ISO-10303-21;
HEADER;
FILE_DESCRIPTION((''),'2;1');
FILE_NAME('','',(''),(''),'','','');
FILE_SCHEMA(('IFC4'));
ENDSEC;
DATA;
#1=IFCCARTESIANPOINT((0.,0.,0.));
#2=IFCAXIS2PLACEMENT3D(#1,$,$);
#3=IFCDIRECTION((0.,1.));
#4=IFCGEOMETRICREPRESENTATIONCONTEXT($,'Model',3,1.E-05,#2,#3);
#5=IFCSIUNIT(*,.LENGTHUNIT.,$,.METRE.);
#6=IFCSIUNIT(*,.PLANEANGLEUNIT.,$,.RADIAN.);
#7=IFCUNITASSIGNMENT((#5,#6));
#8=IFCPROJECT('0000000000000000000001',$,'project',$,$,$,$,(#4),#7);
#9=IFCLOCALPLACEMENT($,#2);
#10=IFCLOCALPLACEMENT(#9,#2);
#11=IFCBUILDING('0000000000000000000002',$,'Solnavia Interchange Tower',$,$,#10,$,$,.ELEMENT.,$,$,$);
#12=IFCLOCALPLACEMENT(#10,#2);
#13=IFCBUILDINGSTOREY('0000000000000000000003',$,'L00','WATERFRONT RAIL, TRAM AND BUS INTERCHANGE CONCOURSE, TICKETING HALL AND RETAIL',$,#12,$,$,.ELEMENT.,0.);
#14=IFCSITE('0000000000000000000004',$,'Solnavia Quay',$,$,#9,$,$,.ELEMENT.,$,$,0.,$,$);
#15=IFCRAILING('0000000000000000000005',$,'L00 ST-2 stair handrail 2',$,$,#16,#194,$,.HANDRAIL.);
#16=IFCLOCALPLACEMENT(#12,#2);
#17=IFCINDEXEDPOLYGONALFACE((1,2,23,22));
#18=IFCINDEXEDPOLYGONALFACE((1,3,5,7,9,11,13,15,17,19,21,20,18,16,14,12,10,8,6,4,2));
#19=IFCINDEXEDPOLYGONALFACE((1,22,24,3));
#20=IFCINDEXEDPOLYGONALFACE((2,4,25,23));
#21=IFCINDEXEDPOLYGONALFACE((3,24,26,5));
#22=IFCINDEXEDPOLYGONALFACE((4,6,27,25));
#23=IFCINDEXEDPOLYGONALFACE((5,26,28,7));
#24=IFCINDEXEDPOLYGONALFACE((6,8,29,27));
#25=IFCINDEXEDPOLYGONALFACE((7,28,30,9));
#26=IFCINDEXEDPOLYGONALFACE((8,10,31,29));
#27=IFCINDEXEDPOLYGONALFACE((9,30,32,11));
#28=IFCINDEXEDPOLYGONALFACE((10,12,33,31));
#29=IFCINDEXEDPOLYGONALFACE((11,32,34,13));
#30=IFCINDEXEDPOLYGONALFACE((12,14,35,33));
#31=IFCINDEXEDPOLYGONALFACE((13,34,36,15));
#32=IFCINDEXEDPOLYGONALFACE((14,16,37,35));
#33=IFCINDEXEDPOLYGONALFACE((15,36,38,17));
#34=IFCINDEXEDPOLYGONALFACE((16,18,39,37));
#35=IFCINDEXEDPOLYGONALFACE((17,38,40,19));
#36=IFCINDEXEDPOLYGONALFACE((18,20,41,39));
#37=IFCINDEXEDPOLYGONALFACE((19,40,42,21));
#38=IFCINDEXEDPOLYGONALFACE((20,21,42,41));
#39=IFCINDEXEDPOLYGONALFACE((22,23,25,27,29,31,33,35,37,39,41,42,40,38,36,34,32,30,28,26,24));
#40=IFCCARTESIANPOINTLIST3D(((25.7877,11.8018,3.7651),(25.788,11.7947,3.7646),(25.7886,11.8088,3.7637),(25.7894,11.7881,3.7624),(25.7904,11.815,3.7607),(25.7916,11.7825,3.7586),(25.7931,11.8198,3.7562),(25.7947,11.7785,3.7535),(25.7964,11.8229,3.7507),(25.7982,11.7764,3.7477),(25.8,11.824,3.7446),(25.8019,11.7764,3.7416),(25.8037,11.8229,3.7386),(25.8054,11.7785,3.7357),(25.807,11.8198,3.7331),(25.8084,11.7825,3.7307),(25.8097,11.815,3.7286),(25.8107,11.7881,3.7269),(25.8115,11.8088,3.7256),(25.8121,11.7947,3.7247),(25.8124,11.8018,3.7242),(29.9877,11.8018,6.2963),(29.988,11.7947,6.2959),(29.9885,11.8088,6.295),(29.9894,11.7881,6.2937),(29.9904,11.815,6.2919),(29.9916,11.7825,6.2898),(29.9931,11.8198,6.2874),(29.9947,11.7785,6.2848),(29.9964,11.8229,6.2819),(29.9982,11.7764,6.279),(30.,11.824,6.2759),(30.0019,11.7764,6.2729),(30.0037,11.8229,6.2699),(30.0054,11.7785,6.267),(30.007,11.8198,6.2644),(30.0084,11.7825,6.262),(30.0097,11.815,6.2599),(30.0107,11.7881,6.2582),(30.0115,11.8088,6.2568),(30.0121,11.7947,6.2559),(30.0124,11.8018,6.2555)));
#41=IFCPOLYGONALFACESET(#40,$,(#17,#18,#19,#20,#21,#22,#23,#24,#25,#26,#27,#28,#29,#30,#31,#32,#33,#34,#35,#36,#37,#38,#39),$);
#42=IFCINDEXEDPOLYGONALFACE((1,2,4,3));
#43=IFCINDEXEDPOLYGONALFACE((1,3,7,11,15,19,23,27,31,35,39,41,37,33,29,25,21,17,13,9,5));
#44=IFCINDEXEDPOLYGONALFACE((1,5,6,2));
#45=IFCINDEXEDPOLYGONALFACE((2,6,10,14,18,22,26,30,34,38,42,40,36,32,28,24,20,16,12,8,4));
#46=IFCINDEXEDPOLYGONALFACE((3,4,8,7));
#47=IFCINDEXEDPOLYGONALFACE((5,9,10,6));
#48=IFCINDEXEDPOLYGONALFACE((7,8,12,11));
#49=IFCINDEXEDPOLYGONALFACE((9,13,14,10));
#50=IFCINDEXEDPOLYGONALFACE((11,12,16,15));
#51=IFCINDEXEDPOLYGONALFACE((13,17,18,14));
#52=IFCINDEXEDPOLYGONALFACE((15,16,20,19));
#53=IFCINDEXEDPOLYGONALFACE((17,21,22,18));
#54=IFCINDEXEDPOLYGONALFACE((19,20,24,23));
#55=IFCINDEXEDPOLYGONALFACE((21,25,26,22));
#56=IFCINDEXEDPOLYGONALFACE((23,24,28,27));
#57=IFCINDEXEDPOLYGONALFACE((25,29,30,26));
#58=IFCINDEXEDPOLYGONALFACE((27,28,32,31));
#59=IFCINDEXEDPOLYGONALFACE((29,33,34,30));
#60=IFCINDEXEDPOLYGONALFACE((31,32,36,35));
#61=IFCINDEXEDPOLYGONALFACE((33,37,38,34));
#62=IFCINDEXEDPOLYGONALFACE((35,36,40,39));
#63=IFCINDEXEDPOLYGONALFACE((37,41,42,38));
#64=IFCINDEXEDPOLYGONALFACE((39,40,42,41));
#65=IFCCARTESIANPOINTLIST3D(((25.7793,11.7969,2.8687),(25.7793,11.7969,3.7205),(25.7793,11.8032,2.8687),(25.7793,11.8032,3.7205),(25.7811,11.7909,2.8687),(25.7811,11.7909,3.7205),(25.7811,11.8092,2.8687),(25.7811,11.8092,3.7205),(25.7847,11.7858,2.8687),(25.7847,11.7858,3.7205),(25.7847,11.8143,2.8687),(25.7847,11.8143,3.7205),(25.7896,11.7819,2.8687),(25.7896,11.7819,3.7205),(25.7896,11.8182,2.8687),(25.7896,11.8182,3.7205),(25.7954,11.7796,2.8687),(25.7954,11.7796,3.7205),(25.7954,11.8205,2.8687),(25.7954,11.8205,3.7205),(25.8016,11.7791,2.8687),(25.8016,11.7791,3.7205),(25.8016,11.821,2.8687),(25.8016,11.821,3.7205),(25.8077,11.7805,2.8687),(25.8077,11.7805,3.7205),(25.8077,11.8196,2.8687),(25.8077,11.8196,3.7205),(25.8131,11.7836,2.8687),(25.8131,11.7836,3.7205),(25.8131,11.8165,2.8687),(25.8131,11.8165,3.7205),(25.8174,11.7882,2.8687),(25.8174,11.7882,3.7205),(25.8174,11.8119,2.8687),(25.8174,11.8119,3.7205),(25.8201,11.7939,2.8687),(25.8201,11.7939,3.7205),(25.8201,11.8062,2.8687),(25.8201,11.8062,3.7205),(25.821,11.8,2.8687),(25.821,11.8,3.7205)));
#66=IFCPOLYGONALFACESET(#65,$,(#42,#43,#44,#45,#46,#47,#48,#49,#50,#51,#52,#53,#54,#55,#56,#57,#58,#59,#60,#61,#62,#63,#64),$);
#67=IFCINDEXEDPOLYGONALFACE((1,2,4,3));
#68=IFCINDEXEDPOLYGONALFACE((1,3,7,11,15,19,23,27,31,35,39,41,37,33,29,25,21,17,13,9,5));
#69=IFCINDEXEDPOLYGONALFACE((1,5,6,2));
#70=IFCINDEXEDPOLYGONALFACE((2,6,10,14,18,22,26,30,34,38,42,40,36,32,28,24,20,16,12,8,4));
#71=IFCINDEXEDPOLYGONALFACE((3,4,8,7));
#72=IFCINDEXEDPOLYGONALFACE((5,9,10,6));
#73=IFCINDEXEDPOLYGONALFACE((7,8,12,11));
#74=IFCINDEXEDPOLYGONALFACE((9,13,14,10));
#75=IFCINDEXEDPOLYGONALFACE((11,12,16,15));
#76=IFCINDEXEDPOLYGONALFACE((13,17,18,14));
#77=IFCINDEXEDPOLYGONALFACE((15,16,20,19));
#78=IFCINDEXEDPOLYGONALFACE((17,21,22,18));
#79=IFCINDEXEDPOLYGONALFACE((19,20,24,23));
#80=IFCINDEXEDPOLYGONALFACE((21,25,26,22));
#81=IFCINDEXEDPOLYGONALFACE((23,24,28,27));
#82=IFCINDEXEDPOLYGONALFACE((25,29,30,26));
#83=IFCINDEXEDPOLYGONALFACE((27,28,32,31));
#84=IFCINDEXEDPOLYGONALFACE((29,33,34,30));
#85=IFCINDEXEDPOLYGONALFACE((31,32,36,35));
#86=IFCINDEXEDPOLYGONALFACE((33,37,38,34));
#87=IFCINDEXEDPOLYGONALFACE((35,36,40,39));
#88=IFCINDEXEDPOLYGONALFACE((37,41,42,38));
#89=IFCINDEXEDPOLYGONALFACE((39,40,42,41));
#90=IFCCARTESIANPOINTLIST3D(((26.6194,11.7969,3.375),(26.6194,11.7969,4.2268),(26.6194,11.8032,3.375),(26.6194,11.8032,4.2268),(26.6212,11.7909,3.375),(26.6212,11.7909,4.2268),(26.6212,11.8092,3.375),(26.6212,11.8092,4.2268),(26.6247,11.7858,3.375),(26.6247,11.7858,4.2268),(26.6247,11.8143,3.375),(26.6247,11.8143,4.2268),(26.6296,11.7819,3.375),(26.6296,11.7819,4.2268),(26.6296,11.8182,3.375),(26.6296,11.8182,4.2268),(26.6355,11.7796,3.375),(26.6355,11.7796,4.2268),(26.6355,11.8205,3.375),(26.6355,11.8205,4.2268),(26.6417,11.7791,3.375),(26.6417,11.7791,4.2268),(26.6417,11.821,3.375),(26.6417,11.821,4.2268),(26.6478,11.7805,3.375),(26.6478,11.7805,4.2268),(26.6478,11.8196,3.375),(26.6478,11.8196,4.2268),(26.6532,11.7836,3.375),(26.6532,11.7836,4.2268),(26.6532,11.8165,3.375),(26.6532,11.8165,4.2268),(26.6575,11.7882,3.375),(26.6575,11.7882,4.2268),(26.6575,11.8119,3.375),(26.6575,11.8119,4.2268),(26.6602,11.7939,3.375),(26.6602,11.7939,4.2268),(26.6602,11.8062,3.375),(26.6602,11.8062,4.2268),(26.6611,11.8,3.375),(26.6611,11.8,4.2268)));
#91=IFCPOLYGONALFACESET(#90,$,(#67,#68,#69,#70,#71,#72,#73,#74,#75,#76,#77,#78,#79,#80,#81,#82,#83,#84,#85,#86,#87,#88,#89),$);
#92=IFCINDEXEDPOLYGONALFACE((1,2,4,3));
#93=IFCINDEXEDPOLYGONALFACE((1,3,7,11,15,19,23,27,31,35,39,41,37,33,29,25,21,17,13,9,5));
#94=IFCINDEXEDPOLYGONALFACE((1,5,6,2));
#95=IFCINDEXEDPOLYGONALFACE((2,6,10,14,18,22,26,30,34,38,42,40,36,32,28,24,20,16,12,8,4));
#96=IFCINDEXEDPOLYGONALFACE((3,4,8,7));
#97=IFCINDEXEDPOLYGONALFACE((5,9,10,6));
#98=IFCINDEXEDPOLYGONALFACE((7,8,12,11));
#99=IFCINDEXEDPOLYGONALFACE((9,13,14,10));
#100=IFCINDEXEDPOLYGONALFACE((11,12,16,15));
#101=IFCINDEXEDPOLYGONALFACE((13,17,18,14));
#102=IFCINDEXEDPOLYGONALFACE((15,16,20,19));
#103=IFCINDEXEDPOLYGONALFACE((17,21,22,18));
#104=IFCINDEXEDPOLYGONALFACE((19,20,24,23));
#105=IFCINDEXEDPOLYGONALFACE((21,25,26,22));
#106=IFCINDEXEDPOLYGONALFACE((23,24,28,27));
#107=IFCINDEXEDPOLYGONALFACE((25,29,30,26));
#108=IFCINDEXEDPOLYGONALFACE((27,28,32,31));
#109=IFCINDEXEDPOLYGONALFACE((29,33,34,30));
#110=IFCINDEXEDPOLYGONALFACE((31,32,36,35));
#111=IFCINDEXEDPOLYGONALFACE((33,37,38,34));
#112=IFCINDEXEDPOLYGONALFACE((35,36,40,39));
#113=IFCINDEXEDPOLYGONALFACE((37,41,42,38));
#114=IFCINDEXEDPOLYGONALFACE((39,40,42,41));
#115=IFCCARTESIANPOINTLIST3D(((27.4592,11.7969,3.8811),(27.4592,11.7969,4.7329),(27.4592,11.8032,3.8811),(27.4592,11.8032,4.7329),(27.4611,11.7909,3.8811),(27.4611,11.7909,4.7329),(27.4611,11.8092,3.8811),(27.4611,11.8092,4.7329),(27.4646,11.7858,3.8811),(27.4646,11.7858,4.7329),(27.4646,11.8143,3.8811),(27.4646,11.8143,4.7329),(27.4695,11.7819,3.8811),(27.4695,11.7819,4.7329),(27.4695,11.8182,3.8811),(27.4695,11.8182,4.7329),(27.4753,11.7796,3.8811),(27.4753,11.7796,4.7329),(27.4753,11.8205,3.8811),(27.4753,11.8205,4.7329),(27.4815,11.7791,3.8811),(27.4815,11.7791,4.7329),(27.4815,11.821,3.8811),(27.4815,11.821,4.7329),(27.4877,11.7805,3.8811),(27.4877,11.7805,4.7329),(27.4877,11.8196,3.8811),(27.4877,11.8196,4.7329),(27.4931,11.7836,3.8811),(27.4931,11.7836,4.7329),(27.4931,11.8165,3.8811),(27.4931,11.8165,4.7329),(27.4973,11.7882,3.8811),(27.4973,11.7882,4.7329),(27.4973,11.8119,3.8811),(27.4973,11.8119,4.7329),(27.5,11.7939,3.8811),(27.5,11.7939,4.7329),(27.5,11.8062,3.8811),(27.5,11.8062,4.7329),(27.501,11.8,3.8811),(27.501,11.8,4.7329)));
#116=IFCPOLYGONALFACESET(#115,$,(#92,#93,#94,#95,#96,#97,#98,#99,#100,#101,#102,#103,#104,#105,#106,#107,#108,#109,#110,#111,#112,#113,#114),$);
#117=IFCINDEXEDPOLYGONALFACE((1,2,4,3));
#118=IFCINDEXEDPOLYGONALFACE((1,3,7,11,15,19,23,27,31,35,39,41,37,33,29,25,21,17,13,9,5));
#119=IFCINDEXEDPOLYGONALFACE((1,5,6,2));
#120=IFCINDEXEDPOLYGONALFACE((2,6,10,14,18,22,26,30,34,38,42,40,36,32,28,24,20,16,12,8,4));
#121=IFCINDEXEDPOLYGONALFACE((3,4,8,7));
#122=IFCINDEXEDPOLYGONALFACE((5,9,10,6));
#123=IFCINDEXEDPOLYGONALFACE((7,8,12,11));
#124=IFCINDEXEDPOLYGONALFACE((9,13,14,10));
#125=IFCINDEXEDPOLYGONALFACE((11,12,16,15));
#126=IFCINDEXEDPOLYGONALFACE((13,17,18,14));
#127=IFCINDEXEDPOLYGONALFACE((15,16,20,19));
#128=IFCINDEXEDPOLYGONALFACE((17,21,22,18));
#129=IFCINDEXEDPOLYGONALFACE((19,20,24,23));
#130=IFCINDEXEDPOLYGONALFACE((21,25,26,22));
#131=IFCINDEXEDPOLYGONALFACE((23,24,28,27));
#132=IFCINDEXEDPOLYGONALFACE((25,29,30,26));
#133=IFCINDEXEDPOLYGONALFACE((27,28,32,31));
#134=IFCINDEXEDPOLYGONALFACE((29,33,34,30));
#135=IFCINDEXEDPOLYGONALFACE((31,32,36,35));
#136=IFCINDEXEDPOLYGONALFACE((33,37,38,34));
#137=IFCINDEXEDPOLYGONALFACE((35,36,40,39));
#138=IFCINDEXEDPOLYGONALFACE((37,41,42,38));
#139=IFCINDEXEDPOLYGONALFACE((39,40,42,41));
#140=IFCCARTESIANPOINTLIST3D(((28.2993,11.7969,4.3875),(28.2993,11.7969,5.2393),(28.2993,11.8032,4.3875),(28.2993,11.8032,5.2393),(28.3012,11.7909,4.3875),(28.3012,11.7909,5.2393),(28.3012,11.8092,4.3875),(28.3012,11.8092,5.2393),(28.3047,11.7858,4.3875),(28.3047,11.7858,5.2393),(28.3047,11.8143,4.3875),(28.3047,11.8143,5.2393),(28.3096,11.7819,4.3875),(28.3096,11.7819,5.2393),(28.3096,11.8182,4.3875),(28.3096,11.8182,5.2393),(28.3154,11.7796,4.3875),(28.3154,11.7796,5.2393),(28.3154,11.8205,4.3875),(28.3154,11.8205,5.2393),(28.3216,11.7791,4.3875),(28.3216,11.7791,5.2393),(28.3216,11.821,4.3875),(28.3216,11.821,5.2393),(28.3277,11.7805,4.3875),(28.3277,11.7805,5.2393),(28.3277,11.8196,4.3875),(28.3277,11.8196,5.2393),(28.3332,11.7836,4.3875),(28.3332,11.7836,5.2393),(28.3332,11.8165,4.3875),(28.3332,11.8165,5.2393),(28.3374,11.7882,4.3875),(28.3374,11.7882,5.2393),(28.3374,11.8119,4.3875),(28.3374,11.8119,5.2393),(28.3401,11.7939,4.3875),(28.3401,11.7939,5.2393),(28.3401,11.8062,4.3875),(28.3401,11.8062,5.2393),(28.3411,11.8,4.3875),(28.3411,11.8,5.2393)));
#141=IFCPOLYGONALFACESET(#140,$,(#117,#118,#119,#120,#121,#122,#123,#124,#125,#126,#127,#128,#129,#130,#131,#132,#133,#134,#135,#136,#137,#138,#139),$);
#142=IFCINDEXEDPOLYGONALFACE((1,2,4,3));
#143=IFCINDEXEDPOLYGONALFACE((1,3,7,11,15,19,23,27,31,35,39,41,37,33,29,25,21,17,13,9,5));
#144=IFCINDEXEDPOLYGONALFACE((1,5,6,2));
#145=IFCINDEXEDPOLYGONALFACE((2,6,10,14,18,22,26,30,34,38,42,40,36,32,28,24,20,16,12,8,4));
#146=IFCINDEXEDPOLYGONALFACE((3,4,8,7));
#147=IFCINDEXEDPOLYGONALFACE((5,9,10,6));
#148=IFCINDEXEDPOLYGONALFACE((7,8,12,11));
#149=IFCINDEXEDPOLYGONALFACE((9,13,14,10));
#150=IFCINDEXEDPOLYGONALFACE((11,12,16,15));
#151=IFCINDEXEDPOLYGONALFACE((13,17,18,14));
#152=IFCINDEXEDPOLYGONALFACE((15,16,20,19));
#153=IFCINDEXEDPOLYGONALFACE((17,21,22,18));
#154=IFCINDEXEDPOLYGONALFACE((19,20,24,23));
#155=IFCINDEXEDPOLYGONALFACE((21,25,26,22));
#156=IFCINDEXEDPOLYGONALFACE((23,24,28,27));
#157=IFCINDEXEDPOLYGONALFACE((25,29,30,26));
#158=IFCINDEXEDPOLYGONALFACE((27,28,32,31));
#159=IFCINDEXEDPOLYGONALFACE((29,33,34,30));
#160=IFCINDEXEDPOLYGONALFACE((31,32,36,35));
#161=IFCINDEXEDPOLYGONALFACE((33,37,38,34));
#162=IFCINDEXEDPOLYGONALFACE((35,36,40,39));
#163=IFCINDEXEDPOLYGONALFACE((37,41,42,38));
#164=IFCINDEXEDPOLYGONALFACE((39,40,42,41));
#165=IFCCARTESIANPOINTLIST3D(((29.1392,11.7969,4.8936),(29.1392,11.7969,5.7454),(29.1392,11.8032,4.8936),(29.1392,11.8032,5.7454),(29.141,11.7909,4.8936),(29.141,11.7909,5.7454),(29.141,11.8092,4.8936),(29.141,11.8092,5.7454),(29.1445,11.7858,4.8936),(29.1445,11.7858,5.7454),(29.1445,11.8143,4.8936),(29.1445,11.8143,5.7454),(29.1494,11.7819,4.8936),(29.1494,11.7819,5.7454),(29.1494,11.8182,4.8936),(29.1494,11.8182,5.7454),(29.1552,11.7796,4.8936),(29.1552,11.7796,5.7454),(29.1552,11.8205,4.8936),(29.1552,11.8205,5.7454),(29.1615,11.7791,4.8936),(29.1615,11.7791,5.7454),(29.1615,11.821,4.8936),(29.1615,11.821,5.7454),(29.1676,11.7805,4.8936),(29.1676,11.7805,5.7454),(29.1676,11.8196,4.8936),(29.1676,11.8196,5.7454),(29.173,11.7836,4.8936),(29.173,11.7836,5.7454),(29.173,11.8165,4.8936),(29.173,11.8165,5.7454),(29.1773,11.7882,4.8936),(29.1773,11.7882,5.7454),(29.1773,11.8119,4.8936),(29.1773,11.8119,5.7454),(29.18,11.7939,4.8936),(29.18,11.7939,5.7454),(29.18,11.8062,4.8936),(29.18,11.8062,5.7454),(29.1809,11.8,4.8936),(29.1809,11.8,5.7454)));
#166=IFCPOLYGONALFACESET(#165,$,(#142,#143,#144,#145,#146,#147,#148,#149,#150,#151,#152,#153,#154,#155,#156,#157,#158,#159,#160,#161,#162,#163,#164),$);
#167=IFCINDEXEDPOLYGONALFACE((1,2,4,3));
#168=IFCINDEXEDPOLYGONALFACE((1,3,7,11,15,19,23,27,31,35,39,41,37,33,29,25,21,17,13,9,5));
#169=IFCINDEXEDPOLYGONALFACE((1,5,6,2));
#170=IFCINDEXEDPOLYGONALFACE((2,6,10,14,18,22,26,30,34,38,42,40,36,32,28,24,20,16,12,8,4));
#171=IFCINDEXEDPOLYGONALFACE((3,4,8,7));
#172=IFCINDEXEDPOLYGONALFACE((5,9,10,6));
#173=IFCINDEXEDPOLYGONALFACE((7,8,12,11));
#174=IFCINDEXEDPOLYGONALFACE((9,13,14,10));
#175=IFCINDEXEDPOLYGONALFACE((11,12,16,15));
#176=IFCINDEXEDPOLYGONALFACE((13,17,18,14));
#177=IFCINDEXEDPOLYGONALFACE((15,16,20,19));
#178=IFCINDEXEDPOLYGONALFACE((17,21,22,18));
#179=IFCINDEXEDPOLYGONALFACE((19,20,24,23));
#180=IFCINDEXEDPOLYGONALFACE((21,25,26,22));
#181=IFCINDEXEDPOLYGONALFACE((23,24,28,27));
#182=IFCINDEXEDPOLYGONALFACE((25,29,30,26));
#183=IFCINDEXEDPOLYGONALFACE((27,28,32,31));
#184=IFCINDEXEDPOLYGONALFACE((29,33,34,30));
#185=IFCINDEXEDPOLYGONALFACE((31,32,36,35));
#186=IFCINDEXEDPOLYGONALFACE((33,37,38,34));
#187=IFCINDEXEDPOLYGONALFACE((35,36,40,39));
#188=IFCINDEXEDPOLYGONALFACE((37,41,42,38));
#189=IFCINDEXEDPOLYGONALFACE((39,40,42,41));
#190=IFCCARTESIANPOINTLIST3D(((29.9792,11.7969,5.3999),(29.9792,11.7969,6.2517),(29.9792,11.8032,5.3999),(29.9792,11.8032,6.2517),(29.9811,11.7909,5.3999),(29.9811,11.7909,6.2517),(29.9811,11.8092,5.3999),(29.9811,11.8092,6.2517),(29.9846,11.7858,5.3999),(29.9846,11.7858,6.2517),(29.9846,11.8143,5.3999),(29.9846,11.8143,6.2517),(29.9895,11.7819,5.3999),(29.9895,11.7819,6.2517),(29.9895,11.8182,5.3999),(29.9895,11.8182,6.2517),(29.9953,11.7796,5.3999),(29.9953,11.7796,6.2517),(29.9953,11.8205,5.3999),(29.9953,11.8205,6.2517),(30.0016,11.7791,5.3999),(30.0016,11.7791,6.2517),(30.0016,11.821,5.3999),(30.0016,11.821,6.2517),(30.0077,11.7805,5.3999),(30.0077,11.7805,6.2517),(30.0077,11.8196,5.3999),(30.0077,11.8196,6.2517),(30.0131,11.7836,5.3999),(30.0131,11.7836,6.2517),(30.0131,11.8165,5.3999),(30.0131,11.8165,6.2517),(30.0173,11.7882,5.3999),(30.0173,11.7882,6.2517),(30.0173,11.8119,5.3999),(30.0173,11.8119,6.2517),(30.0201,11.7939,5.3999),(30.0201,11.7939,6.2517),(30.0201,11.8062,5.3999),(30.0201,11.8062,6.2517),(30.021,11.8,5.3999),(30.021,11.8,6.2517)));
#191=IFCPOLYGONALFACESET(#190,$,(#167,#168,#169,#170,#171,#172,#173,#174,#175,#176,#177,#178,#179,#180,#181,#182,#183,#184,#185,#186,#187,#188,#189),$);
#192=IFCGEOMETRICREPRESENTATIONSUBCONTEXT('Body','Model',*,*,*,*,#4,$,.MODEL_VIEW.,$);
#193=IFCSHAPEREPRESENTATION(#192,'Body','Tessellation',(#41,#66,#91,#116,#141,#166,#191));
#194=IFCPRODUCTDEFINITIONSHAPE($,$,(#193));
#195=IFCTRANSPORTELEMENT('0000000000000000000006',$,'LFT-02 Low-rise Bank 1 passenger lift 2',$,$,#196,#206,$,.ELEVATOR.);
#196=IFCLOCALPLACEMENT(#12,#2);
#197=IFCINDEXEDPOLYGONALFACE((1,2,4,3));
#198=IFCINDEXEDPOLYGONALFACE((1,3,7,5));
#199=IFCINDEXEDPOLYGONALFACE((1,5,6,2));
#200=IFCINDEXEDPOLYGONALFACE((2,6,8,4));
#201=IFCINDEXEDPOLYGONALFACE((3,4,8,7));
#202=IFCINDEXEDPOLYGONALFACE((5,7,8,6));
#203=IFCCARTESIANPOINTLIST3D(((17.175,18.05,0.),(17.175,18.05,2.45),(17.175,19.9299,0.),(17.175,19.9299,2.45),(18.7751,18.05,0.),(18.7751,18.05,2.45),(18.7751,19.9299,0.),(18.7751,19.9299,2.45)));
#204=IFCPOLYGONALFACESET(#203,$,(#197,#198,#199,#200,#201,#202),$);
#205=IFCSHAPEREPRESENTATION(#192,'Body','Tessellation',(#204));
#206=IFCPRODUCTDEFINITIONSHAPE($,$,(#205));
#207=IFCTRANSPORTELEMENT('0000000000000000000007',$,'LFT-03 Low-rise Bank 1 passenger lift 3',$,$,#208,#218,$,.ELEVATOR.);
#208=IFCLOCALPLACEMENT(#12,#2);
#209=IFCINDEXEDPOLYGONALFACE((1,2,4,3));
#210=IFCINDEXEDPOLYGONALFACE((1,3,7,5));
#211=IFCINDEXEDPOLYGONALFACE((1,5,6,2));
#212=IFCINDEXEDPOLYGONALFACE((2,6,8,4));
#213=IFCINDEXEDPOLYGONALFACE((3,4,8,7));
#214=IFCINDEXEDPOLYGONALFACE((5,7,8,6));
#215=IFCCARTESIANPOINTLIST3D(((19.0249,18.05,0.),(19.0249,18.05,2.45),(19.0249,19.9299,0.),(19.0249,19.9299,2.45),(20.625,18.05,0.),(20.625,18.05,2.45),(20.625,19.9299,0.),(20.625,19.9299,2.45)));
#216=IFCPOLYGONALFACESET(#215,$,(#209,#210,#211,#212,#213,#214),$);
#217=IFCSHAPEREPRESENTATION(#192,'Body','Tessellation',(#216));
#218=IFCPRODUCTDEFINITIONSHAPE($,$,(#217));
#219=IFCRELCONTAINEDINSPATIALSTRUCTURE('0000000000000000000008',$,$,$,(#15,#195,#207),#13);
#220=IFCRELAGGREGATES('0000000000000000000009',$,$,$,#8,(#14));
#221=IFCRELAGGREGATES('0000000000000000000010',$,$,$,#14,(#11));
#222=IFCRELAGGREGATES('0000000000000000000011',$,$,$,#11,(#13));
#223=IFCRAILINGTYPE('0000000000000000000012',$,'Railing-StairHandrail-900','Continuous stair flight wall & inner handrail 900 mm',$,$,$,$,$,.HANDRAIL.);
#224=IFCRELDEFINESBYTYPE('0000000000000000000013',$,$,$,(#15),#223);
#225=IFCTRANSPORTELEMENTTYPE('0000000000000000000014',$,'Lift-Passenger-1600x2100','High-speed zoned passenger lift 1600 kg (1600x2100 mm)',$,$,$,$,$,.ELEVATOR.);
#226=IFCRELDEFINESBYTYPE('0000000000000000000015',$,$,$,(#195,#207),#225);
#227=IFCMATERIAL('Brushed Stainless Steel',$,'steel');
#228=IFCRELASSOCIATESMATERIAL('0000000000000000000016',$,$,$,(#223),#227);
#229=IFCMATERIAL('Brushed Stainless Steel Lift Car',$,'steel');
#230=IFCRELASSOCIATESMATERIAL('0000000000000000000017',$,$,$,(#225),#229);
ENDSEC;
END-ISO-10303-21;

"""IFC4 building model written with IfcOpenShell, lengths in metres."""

from ifc_helpers import new_model, si_unit, direction, frame, origin, origin_2d, place, context, subcontext, project, spatial, rectangle, circle, extrude, material, type_object, element, save


model = new_model("IFC4")

# Units and contexts
model_context = context("Model", 3, precision=1e-05, world=origin(), true_north=direction((0.0, 1.0)))
body_context = subcontext(model_context, "Body", "Model", "MODEL_VIEW")
ifc_project = project(units=[si_unit("LENGTHUNIT", "METRE"), si_unit("PLANEANGLEUNIT", "RADIAN")], contexts=[model_context])

# Site, building, storey
site_placement = place(None, origin())
site = spatial("IfcSite", under=ifc_project, at=site_placement, Name="Solnavia Quay", CompositionType="ELEMENT", RefElevation=0.0)
building_placement = place(site_placement, origin())
building = spatial("IfcBuilding", under=site, at=building_placement, Name="Solnavia Interchange Tower", CompositionType="ELEMENT")
storey_placement = place(building_placement, origin())
storey = spatial("IfcBuildingStorey", under=building, at=storey_placement, Name="L00", Description="WATERFRONT RAIL, TRAM AND BUS INTERCHANGE CONCOURSE, TICKETING HALL AND RETAIL", CompositionType="ELEMENT", Elevation=0.0)

# Railing
ifc_material_1 = material(Name="Brushed Stainless Steel", Category="steel")
railing_type_1 = type_object("IfcRailingType", Name="Railing-StairHandrail-900", Description="Continuous stair flight wall & inner handrail 900 mm", PredefinedType="HANDRAIL", material=ifc_material_1)
railing_1_placement = place(storey_placement, frame((25.8, 11.8, 2.8687)))
element("IfcRailing", 1, at=railing_1_placement, inside=storey, type_object=railing_type_1, Name="L00 ST-2 stair handrail 2", PredefinedType="HANDRAIL", context=body_context, shape_type="SweptSolid", body=[
    extrude(circle(Radius=0.0239, at=origin_2d()), frame((0.0, 0.0, 0.876), z_axis=(0.856476, 0.0, 0.516186), x_axis=(0.0, 1.0, 0.0)), (0.0, 0.0, 1.0), 4.9038),
    extrude(circle(Radius=0.021, at=origin_2d()), origin(), (0.0, 0.0, 1.0), 0.8518),
    extrude(circle(Radius=0.021, at=origin_2d()), frame((0.8401, 0.0, 0.5063)), (0.0, 0.0, 1.0), 0.8518),
    extrude(circle(Radius=0.021, at=origin_2d()), frame((1.6799, 0.0, 1.0125)), (0.0, 0.0, 1.0), 0.8518),
    extrude(circle(Radius=0.021, at=origin_2d()), frame((2.52, 0.0, 1.5188)), (0.0, 0.0, 1.0), 0.8518),
    extrude(circle(Radius=0.021, at=origin_2d()), frame((3.3599, 0.0, 2.0249)), (0.0, 0.0, 1.0), 0.8518),
    extrude(circle(Radius=0.021, at=origin_2d()), frame((4.2, 0.0, 2.5312)), (0.0, 0.0, 1.0), 0.8518),
])

# Transport elements
ifc_material_2 = material(Name="Brushed Stainless Steel Lift Car", Category="steel")
transport_element_type = type_object("IfcTransportElementType", Name="Lift-Passenger-1600x2100", Description="High-speed zoned passenger lift 1600 kg (1600x2100 mm)", PredefinedType="ELEVATOR", material=ifc_material_2)
for number, where, z_axis, x_axis, name in (
    (2, (17.9751, 18.99, 0.0), (0.0, 0.0, 1.0), (1.0, 0.0, 0.0), "LFT-02 Low-rise Bank 1 passenger lift 2"),
    (3, (19.825, 18.99, 0.0), (0.0, 0.0, 1.0), (1.0, 0.0, 0.0), "LFT-03 Low-rise Bank 1 passenger lift 3"),
):
    element("IfcTransportElement", number, at=place(storey_placement, frame(where, z_axis=z_axis, x_axis=x_axis)), inside=storey, type_object=transport_element_type, Name=name, PredefinedType="ELEVATOR", context=body_context, shape_type="SweptSolid", body=[
        extrude(rectangle(XDim=1.6001, YDim=1.8799, at=origin_2d()), origin(), (0.0, 0.0, 1.0), 2.45),
    ])

save(model, "model.ifc")
